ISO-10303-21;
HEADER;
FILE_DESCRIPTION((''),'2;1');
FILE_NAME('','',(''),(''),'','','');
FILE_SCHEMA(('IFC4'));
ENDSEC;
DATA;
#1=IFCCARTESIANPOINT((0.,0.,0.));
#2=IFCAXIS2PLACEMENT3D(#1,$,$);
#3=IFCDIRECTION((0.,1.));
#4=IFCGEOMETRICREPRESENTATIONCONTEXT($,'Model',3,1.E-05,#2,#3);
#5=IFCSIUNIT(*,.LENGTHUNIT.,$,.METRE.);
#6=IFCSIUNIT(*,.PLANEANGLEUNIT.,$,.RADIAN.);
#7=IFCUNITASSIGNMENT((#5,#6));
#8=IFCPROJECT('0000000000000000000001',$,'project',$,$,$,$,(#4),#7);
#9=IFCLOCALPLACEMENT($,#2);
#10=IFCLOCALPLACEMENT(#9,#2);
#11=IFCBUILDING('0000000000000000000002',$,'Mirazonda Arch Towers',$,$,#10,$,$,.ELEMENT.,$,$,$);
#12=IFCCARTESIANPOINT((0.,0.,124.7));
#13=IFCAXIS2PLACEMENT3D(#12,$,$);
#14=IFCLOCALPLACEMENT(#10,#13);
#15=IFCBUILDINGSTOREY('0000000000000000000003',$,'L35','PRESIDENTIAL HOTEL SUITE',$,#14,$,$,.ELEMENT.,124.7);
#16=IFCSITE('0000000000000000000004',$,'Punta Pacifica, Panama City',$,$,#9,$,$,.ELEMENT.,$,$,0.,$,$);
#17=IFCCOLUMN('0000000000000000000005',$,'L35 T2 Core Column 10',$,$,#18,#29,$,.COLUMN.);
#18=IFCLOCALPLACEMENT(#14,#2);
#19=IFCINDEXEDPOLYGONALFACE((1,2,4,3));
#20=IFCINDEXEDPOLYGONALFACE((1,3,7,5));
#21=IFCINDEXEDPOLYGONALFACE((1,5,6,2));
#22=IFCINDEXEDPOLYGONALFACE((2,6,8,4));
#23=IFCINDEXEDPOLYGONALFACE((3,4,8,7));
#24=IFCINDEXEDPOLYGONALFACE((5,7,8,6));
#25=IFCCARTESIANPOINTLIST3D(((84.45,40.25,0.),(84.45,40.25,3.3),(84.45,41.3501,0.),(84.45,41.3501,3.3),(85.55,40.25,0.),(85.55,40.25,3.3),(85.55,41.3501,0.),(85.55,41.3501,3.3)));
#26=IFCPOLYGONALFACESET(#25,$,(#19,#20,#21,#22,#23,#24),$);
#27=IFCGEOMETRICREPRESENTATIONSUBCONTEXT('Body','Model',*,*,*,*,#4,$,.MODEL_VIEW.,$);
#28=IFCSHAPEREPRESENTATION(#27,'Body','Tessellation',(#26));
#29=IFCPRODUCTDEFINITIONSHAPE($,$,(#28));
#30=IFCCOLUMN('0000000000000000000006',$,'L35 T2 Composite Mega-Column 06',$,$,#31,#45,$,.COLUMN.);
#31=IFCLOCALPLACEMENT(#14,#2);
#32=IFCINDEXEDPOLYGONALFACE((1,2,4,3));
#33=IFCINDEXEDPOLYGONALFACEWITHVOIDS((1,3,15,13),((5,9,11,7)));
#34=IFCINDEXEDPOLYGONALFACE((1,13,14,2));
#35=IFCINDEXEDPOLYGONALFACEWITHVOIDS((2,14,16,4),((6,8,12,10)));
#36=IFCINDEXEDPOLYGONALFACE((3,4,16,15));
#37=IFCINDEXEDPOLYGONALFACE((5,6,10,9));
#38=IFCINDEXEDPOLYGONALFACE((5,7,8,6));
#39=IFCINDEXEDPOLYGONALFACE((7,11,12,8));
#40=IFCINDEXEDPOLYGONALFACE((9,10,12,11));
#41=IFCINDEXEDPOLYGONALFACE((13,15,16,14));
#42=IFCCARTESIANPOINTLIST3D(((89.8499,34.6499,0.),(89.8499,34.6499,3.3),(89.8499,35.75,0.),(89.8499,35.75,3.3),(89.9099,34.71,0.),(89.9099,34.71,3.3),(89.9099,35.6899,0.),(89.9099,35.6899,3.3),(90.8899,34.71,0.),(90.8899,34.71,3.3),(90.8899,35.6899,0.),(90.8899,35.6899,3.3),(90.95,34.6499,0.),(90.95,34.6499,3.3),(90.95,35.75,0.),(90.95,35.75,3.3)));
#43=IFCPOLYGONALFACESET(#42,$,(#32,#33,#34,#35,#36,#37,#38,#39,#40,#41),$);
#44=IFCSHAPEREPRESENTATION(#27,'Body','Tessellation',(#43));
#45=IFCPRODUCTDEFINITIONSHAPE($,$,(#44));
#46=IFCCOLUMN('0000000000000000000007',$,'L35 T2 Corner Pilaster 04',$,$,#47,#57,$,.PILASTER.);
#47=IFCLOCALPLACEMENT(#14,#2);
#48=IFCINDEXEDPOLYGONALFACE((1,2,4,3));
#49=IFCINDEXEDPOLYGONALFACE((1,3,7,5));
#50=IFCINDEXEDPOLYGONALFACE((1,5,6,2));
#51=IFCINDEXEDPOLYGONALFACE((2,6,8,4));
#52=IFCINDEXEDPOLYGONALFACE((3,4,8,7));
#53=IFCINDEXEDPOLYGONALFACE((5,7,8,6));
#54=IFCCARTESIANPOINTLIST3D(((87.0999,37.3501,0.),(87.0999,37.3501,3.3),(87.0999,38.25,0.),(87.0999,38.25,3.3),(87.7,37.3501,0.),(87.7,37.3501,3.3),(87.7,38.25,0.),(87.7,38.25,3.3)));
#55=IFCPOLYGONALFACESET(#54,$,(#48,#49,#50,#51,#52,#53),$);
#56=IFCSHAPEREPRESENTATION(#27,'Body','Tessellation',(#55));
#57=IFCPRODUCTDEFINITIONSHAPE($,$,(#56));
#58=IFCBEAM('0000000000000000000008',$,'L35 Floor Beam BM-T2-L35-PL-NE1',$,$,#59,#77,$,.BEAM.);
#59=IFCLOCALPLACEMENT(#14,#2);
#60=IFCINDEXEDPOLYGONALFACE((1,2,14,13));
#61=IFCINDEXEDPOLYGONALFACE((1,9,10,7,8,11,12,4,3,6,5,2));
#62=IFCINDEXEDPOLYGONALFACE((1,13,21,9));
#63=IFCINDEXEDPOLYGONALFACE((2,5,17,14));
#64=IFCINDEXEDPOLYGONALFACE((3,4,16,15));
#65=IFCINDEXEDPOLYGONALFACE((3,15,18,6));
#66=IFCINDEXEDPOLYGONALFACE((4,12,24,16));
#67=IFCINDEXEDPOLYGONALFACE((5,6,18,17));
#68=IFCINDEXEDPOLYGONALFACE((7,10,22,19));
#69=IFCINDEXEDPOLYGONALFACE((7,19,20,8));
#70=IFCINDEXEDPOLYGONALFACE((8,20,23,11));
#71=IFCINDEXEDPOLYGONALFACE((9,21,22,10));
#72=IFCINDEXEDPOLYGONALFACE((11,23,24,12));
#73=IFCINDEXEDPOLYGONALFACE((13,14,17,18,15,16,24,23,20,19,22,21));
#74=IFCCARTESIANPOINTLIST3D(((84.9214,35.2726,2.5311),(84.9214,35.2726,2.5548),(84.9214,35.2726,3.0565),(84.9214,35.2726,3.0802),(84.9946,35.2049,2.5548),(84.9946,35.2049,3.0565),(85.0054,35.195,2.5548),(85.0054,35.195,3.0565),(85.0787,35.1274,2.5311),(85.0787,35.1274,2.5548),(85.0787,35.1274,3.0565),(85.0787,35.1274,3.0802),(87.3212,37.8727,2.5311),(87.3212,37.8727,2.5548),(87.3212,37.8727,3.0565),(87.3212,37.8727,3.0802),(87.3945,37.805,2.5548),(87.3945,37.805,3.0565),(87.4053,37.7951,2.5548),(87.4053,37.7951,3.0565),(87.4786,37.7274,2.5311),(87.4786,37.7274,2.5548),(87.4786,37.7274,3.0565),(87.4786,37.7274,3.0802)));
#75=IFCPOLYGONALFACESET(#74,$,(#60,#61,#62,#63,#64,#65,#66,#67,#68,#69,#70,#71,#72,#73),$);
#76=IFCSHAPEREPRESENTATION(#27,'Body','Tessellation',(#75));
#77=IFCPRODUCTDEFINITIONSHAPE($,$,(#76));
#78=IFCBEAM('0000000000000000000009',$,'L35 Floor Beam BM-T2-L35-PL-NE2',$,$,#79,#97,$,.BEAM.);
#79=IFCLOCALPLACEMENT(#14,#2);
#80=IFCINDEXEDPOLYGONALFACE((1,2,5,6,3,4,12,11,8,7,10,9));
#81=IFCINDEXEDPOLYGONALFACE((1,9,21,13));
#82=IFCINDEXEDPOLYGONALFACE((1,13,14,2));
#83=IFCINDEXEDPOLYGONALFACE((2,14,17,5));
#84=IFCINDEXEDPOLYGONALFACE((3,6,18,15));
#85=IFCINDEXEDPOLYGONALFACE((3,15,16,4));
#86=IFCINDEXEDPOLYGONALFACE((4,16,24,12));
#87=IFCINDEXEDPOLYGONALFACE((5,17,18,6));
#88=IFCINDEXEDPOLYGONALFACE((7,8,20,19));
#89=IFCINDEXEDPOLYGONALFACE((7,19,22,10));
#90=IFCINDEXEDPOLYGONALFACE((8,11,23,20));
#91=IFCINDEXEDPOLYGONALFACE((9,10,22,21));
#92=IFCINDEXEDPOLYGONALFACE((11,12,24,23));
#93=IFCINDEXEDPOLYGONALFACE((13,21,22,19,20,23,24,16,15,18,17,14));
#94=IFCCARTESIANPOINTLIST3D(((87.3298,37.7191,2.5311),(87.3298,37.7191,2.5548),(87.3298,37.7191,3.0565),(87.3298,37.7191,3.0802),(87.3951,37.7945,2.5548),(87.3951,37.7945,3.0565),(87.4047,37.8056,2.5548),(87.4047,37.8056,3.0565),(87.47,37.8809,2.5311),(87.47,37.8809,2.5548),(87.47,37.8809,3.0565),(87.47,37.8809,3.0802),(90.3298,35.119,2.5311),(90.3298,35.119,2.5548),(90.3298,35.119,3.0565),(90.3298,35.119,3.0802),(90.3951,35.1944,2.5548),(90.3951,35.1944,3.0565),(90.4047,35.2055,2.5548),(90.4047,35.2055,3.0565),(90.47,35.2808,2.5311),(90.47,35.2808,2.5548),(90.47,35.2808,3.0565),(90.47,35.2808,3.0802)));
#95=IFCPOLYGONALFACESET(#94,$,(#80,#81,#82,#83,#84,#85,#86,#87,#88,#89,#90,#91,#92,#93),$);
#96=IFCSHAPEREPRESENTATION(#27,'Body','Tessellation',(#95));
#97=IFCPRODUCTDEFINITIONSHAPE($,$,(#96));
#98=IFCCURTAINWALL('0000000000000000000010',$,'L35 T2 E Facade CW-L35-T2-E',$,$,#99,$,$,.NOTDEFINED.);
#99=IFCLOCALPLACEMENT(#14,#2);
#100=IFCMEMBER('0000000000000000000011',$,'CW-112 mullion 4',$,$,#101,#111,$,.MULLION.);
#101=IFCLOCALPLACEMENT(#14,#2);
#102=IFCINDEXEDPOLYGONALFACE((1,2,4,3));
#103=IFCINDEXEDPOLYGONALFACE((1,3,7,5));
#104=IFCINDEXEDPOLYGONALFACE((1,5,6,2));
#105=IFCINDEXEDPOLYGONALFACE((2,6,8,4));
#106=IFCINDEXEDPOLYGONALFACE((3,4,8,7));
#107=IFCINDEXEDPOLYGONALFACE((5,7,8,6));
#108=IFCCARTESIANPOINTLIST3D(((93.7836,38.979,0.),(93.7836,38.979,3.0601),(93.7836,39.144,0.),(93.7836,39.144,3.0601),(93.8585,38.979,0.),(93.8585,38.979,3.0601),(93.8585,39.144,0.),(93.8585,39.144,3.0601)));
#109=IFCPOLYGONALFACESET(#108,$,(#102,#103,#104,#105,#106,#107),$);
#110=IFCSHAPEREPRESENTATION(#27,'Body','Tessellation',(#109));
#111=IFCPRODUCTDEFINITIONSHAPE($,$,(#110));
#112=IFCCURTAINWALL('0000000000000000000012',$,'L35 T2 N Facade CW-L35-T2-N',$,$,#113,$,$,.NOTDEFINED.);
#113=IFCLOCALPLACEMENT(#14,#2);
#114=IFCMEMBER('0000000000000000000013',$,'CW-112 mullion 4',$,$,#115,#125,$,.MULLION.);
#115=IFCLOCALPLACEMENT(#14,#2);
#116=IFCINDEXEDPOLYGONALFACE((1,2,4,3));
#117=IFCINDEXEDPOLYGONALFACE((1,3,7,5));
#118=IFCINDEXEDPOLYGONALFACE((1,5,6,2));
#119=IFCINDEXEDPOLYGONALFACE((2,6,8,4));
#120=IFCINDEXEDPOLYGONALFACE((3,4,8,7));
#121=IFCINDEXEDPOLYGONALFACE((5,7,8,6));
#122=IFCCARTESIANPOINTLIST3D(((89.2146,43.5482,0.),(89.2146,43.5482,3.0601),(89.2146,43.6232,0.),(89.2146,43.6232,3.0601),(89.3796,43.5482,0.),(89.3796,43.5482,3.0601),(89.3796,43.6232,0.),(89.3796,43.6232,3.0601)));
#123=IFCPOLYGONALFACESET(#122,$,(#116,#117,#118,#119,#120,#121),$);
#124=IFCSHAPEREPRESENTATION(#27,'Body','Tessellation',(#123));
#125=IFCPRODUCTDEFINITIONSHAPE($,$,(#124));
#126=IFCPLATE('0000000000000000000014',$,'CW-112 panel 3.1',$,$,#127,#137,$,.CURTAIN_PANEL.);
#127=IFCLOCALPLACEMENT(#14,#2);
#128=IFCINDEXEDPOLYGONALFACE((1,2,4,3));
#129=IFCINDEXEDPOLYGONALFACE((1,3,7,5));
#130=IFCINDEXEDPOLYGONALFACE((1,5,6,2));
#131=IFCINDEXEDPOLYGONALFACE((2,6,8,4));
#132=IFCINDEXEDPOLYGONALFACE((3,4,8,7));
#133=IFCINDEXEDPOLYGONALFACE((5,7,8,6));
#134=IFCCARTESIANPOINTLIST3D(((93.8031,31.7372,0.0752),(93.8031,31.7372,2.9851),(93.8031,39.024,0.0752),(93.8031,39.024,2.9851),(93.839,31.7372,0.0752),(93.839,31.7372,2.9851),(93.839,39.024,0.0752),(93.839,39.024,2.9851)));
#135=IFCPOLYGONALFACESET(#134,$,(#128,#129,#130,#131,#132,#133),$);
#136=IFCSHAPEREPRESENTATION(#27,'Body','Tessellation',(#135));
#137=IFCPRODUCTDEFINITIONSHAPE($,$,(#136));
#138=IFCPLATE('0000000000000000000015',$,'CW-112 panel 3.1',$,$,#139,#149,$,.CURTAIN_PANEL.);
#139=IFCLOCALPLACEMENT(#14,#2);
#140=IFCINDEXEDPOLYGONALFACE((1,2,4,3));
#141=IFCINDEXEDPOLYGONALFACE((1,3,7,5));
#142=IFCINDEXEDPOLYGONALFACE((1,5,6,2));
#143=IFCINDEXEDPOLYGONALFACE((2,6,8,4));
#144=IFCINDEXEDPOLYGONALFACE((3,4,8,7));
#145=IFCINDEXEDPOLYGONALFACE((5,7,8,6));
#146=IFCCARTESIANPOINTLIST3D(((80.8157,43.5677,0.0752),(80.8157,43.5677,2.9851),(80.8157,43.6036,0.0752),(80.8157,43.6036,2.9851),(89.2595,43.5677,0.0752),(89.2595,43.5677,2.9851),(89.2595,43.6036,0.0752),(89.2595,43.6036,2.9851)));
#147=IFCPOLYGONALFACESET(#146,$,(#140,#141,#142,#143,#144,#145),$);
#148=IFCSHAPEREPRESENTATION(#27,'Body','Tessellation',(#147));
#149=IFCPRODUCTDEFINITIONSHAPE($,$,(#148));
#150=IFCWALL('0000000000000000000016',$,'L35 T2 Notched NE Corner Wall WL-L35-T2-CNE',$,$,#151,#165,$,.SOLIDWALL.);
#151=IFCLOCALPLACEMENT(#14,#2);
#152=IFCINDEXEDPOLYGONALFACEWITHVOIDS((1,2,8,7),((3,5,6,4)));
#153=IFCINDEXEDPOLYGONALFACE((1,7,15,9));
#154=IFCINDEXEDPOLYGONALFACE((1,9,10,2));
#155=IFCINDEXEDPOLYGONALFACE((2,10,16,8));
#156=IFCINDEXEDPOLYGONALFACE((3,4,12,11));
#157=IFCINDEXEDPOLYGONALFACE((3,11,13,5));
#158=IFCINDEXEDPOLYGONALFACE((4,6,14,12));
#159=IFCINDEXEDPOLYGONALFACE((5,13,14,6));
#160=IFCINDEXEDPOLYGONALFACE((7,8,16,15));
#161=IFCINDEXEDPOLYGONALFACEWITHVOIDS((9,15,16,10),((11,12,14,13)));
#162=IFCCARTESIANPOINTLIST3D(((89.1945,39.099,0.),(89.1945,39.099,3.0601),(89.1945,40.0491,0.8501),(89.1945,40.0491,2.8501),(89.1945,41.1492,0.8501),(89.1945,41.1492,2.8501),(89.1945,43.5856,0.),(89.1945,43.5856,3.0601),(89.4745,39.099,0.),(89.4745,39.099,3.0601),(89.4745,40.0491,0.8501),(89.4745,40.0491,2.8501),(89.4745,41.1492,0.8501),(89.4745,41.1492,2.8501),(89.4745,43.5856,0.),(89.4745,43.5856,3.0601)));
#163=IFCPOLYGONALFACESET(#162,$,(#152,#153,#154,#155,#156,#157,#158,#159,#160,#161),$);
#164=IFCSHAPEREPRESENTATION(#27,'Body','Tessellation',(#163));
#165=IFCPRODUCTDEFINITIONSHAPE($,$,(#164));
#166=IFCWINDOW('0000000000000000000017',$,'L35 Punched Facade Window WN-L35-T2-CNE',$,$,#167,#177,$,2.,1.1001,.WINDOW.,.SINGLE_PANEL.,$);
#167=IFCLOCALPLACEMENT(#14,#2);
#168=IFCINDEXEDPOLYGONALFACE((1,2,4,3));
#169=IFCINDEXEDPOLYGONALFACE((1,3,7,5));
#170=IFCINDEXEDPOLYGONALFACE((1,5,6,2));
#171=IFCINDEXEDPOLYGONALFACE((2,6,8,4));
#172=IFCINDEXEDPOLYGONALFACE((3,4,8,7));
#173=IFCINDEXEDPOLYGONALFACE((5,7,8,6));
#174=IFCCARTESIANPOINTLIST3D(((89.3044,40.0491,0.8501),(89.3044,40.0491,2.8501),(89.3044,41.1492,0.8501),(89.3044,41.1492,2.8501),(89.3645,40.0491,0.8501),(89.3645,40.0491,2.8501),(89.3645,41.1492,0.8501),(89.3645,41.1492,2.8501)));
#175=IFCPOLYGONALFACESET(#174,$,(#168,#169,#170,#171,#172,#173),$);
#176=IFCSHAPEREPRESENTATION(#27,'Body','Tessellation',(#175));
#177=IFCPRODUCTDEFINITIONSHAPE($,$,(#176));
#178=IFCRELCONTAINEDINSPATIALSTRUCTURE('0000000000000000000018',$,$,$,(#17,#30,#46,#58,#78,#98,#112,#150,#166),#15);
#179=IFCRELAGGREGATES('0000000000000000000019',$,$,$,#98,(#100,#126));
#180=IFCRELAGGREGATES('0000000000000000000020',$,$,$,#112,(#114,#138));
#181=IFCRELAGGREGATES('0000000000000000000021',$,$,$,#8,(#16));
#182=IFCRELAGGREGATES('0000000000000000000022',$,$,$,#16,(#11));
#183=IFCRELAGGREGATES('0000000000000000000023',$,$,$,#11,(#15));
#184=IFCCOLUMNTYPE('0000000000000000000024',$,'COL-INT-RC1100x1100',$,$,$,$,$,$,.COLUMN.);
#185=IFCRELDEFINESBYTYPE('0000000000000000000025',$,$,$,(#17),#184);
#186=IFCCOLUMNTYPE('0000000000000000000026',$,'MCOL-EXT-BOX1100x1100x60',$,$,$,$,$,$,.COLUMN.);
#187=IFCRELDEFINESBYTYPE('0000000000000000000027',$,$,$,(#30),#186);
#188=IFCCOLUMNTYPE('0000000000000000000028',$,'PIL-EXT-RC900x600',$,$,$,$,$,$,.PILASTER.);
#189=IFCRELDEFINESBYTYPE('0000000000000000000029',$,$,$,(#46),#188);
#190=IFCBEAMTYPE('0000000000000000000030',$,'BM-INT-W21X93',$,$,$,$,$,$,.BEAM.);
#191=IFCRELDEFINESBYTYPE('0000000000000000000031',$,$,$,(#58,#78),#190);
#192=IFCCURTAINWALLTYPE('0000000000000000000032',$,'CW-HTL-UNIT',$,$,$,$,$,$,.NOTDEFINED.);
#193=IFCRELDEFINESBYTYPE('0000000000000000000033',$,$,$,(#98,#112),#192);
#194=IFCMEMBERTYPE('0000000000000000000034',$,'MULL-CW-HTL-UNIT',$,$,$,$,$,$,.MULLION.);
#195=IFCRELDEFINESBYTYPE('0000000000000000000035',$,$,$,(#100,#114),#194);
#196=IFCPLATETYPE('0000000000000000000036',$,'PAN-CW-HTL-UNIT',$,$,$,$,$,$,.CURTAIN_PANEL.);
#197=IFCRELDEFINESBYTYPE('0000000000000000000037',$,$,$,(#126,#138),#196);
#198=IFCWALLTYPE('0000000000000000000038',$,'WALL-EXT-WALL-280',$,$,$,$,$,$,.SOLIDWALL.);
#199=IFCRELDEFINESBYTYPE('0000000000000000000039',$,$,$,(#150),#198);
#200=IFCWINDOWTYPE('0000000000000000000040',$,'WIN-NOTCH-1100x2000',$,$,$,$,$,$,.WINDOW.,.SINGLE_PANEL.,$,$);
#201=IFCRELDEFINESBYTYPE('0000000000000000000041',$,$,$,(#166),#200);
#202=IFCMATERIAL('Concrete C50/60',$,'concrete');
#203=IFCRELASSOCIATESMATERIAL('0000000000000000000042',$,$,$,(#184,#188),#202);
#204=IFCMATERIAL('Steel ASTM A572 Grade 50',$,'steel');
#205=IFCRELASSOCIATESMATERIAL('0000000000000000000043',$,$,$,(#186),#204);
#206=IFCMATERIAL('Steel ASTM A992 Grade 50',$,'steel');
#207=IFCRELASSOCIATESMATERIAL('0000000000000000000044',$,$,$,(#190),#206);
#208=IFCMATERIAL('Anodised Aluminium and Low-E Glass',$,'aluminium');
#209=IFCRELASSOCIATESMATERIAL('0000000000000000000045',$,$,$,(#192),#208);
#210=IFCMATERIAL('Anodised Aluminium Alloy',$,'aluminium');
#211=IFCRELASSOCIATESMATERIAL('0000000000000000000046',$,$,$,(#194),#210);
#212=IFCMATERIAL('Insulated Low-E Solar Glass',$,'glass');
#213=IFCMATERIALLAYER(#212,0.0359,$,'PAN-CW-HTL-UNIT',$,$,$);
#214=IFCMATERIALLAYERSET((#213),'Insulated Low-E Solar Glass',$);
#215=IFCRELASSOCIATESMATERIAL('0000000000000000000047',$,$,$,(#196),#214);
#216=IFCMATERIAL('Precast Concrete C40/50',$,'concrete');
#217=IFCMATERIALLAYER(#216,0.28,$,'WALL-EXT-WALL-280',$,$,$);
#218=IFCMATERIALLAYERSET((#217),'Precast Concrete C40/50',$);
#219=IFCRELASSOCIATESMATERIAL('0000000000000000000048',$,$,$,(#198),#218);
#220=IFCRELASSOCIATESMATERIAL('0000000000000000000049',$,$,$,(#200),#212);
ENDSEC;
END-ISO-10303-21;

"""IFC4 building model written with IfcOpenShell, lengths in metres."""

from ifc_helpers import new_model, si_unit, direction, frame, frame_2d, origin, origin_2d, place, context, subcontext, project, spatial, rectangle, hollow_rectangle, i_section, extrude, material, layer, layer_set, material_profile, profile_set, type_object, element, fill, aggregate, save


model = new_model("IFC4")

# Units and contexts
model_context = context("Model", 3, precision=1e-05, world=origin(), true_north=direction((0.0, 1.0)))
body_context = subcontext(model_context, "Body", "Model", "MODEL_VIEW")
ifc_project = project(units=[si_unit("LENGTHUNIT", "METRE"), si_unit("PLANEANGLEUNIT", "RADIAN")], contexts=[model_context])

# Site, building, storey
site_placement = place(None, origin())
site = spatial("IfcSite", under=ifc_project, at=site_placement, Name="Punta Pacifica, Panama City", CompositionType="ELEMENT", RefElevation=0.0)
building_placement = place(site_placement, origin())
building = spatial("IfcBuilding", under=site, at=building_placement, Name="Mirazonda Arch Towers", CompositionType="ELEMENT")
storey_placement = place(building_placement, frame((0.0, 0.0, 124.7)))
storey = spatial("IfcBuildingStorey", under=building, at=storey_placement, Name="L35", Description="PRESIDENTIAL HOTEL SUITE", CompositionType="ELEMENT", Elevation=124.7)

# Columns
ifc_material_1 = material(Name="Concrete C50/60", Category="concrete")
ifc_material_profile_1 = material_profile(ifc_material_1, rectangle(XDim=1.1001, YDim=1.1001, at=origin_2d()), Name="RC1100x1100")
ifc_profile_set_1 = profile_set([ifc_material_profile_1], Name="Concrete C50/60")
column_type_1 = type_object("IfcColumnType", Name="COL-INT-RC1100x1100", PredefinedType="COLUMN", material=ifc_profile_set_1)
column_1_placement = place(storey_placement, frame((85.0, 40.8, 0.0), z_axis=(0.0, 0.0, 1.0), x_axis=(1.0, 0.0, 0.0)))
element("IfcColumn", 1, at=column_1_placement, inside=storey, type_object=column_type_1, Name="L35 T2 Core Column 10", PredefinedType="COLUMN", context=body_context, shape_type="SweptSolid", body=[
    extrude(rectangle(XDim=1.1001, YDim=1.1001, at=origin_2d()), origin(), (0.0, 0.0, 1.0), 3.3),
])
ifc_material_2 = material(Name="Steel ASTM A572 Grade 50", Category="steel")
ifc_material_profile_2 = material_profile(ifc_material_2, hollow_rectangle(XDim=1.1001, YDim=1.1001, WallThickness=0.0601, at=origin_2d()), Name="BOX1100x1100x60")
ifc_profile_set_2 = profile_set([ifc_material_profile_2], Name="Steel ASTM A572 Grade 50")
column_type_2 = type_object("IfcColumnType", Name="MCOL-EXT-BOX1100x1100x60", PredefinedType="COLUMN", material=ifc_profile_set_2)
column_2_placement = place(storey_placement, frame((90.3999, 35.2, 0.0), z_axis=(0.0, 0.0, 1.0), x_axis=(1.0, 0.0, 0.0)))
element("IfcColumn", 2, at=column_2_placement, inside=storey, type_object=column_type_2, Name="L35 T2 Composite Mega-Column 06", PredefinedType="COLUMN", context=body_context, shape_type="SweptSolid", body=[
    extrude(hollow_rectangle(XDim=1.1001, YDim=1.1001, WallThickness=0.0601, at=origin_2d()), origin(), (0.0, 0.0, 1.0), 3.3),
])
ifc_material_profile_3 = material_profile(ifc_material_1, rectangle(XDim=0.6001, YDim=0.8999, at=origin_2d()), Name="RC900x600")
ifc_profile_set_3 = profile_set([ifc_material_profile_3], Name="Concrete C50/60")
column_type_3 = type_object("IfcColumnType", Name="PIL-EXT-RC900x600", PredefinedType="PILASTER", material=ifc_profile_set_3)
column_3_placement = place(storey_placement, frame((87.3999, 37.8, 0.0), z_axis=(0.0, 0.0, 1.0), x_axis=(1.0, 0.0, 0.0)))
element("IfcColumn", 3, at=column_3_placement, inside=storey, type_object=column_type_3, Name="L35 T2 Corner Pilaster 04", PredefinedType="PILASTER", context=body_context, shape_type="SweptSolid", body=[
    extrude(rectangle(XDim=0.6001, YDim=0.8999, at=origin_2d()), origin(), (0.0, 0.0, 1.0), 3.3),
])

# Beams
ifc_material_3 = material(Name="Steel ASTM A992 Grade 50", Category="steel")
ifc_material_profile_4 = material_profile(ifc_material_3, i_section(OverallWidth=0.2141, OverallDepth=0.5491, WebThickness=0.0146, FlangeThickness=0.0237, at=origin_2d()), Name="W21X93")
ifc_profile_set_4 = profile_set([ifc_material_profile_4], Name="Steel ASTM A992 Grade 50")
beam_type = type_object("IfcBeamType", Name="BM-INT-W21X93", PredefinedType="BEAM", material=ifc_profile_set_4)
beam_1_placement = place(storey_placement, frame((87.3999, 37.8, 2.8057), z_axis=(-0.678251, -0.73483, 0.0), x_axis=(0.73483, -0.678251, 0.0)))
element("IfcBeam", 4, at=beam_1_placement, inside=storey, type_object=beam_type, Name="L35 Floor Beam BM-T2-L35-PL-NE1", PredefinedType="BEAM", context=body_context, shape_type="SweptSolid", body=[
    extrude(i_section(OverallWidth=0.2141, OverallDepth=0.5491, WebThickness=0.0146, FlangeThickness=0.0237, at=origin_2d()), origin(), (0.0, 0.0, 1.0), 3.5383),
])
beam_2_placement = place(storey_placement, frame((87.3999, 37.8, 2.8057), z_axis=(0.755677, -0.654945, 0.0), x_axis=(0.654945, 0.755677, 0.0)))
element("IfcBeam", 5, at=beam_2_placement, inside=storey, type_object=beam_type, Name="L35 Floor Beam BM-T2-L35-PL-NE2", PredefinedType="BEAM", context=body_context, shape_type="SweptSolid", body=[
    extrude(i_section(OverallWidth=0.2141, OverallDepth=0.5491, WebThickness=0.0146, FlangeThickness=0.0237, at=origin_2d()), origin(), (0.0, 0.0, 1.0), 3.97),
])

# Curtain walls, members
ifc_material_4 = material(Name="Anodised Aluminium and Low-E Glass", Category="aluminium")
curtain_wall_type = type_object("IfcCurtainWallType", Name="CW-HTL-UNIT", PredefinedType="NOTDEFINED", material=ifc_material_4)
curtain_wall_1_placement = place(storey_placement, origin())
curtain_wall_1 = element("IfcCurtainWall", 6, at=curtain_wall_1_placement, inside=storey, type_object=curtain_wall_type, Name="L35 T2 E Facade CW-L35-T2-E", PredefinedType="NOTDEFINED")
ifc_material_5 = material(Name="Anodised Aluminium Alloy", Category="aluminium")
ifc_material_profile_5 = material_profile(ifc_material_5, rectangle(XDim=0.075, YDim=0.165, at=origin_2d()), Name="ALU-MULL-75x165")
ifc_profile_set_5 = profile_set([ifc_material_profile_5], Name="Anodised Aluminium Alloy")
member_type = type_object("IfcMemberType", Name="MULL-CW-HTL-UNIT", PredefinedType="MULLION", material=ifc_profile_set_5)
member_1_placement = place(storey_placement, frame((93.821, 39.0615, 0.0), z_axis=(0.0, 0.0, 1.0), x_axis=(-1.0, 0.0, 0.0)))
member_1 = element("IfcMember", 7, at=member_1_placement, type_object=member_type, Name="CW-112 mullion 4", PredefinedType="MULLION", context=body_context, shape_type="SweptSolid", body=[
    extrude(rectangle(XDim=0.075, YDim=0.165, at=origin_2d()), origin(), (0.0, 0.0, 1.0), 3.0601),
])
curtain_wall_2_placement = place(storey_placement, origin())
curtain_wall_2 = element("IfcCurtainWall", 8, at=curtain_wall_2_placement, inside=storey, type_object=curtain_wall_type, Name="L35 T2 N Facade CW-L35-T2-N", PredefinedType="NOTDEFINED")
member_2_placement = place(storey_placement, frame((89.2971, 43.5857, 0.0), z_axis=(0.0, 0.0, 1.0), x_axis=(0.0, 1.0, 0.0)))
member_2 = element("IfcMember", 9, at=member_2_placement, type_object=member_type, Name="CW-112 mullion 4", PredefinedType="MULLION", context=body_context, shape_type="SweptSolid", body=[
    extrude(rectangle(XDim=0.075, YDim=0.165, at=origin_2d()), origin(), (0.0, 0.0, 1.0), 3.0601),
])

# Plates
ifc_material_6 = material(Name="Insulated Low-E Solar Glass", Category="glass")
ifc_layer_1 = layer(ifc_material_6, 0.0359, Name="PAN-CW-HTL-UNIT")
ifc_layer_set_1 = layer_set([ifc_layer_1], Name="Insulated Low-E Solar Glass")
plate_type = type_object("IfcPlateType", Name="PAN-CW-HTL-UNIT", PredefinedType="CURTAIN_PANEL", material=ifc_layer_set_1)
plate_1_placement = place(storey_placement, frame((93.821, 35.3806, 0.0752), z_axis=(0.0, 0.0, 1.0), x_axis=(0.0, 1.0, 0.0)))
plate_1 = element("IfcPlate", 10, at=plate_1_placement, type_object=plate_type, Name="CW-112 panel 3.1", PredefinedType="CURTAIN_PANEL", context=body_context, shape_type="SweptSolid", body=[
    extrude(rectangle(XDim=7.2869, YDim=0.0359, at=origin_2d()), origin(), (0.0, 0.0, 1.0), 2.9099),
])
aggregate(curtain_wall_1, [member_1, plate_1])
plate_2_placement = place(storey_placement, frame((85.0376, 43.5857, 0.0752), z_axis=(0.0, 0.0, 1.0), x_axis=(1.0, 0.0, 0.0)))
plate_2 = element("IfcPlate", 11, at=plate_2_placement, type_object=plate_type, Name="CW-112 panel 3.1", PredefinedType="CURTAIN_PANEL", context=body_context, shape_type="SweptSolid", body=[
    extrude(rectangle(XDim=8.4438, YDim=0.0359, at=origin_2d()), origin(), (0.0, 0.0, 1.0), 2.9099),
])
aggregate(curtain_wall_2, [member_2, plate_2])

# Wall, opening, window
ifc_material_7 = material(Name="Precast Concrete C40/50", Category="concrete")
ifc_layer_2 = layer(ifc_material_7, 0.28, Name="WALL-EXT-WALL-280")
ifc_layer_set_2 = layer_set([ifc_layer_2], Name="Precast Concrete C40/50")
wall_type_1 = type_object("IfcWallType", Name="WALL-EXT-WALL-280", PredefinedType="SOLIDWALL", material=ifc_layer_set_2)
wall_1_placement = place(storey_placement, frame((89.3345, 39.0991, 0.0), z_axis=(0.0, 0.0, 1.0), x_axis=(0.0, 1.0, 0.0)))
wall_1 = element("IfcWall", 12, at=wall_1_placement, inside=storey, type_object=wall_type_1, Name="L35 T2 Notched NE Corner Wall WL-L35-T2-CNE", PredefinedType="SOLIDWALL", context=body_context, shape_type="SweptSolid", body=[
    extrude(rectangle(XDim=4.4866, YDim=0.28, at=frame_2d((2.2432, 0.0))), origin(), (0.0, 0.0, 1.0), 3.0601),
])
opening_1_placement = place(wall_1_placement, frame((0.95, 0.0, 0.8501)))
opening_1 = element("IfcOpeningElement", 13, at=opening_1_placement, cuts=wall_1, PredefinedType="OPENING", context=body_context, shape_type="SweptSolid", body=[
    extrude(rectangle(XDim=1.1001, YDim=2.0, at=frame_2d((0.55, 1.0))), frame((0.0, 0.1499, 0.0), z_axis=(0.0, -1.0, 0.0), x_axis=(1.0, 0.0, 0.0)), (0.0, 0.0, 1.0), 0.3),
])
window_type = type_object("IfcWindowType", Name="WIN-NOTCH-1100x2000", PartitioningType="SINGLE_PANEL", PredefinedType="WINDOW", material=ifc_material_6)
window_1_placement = place(opening_1_placement, origin())
window_1 = element("IfcWindow", 14, at=window_1_placement, inside=storey, type_object=window_type, Name="L35 Punched Facade Window WN-L35-T2-CNE", OverallHeight=2.0, OverallWidth=1.1001, PartitioningType="SINGLE_PANEL", PredefinedType="WINDOW", context=body_context, shape_type="SweptSolid", body=[
    extrude(rectangle(XDim=1.1001, YDim=2.0, at=frame_2d((0.55, 1.0))), frame((0.0, 0.03, 0.0), z_axis=(0.0, -1.0, 0.0), x_axis=(1.0, 0.0, 0.0)), (0.0, 0.0, 1.0), 0.0601),
])
fill(opening_1, window_1)

save(model, "model.ifc")
